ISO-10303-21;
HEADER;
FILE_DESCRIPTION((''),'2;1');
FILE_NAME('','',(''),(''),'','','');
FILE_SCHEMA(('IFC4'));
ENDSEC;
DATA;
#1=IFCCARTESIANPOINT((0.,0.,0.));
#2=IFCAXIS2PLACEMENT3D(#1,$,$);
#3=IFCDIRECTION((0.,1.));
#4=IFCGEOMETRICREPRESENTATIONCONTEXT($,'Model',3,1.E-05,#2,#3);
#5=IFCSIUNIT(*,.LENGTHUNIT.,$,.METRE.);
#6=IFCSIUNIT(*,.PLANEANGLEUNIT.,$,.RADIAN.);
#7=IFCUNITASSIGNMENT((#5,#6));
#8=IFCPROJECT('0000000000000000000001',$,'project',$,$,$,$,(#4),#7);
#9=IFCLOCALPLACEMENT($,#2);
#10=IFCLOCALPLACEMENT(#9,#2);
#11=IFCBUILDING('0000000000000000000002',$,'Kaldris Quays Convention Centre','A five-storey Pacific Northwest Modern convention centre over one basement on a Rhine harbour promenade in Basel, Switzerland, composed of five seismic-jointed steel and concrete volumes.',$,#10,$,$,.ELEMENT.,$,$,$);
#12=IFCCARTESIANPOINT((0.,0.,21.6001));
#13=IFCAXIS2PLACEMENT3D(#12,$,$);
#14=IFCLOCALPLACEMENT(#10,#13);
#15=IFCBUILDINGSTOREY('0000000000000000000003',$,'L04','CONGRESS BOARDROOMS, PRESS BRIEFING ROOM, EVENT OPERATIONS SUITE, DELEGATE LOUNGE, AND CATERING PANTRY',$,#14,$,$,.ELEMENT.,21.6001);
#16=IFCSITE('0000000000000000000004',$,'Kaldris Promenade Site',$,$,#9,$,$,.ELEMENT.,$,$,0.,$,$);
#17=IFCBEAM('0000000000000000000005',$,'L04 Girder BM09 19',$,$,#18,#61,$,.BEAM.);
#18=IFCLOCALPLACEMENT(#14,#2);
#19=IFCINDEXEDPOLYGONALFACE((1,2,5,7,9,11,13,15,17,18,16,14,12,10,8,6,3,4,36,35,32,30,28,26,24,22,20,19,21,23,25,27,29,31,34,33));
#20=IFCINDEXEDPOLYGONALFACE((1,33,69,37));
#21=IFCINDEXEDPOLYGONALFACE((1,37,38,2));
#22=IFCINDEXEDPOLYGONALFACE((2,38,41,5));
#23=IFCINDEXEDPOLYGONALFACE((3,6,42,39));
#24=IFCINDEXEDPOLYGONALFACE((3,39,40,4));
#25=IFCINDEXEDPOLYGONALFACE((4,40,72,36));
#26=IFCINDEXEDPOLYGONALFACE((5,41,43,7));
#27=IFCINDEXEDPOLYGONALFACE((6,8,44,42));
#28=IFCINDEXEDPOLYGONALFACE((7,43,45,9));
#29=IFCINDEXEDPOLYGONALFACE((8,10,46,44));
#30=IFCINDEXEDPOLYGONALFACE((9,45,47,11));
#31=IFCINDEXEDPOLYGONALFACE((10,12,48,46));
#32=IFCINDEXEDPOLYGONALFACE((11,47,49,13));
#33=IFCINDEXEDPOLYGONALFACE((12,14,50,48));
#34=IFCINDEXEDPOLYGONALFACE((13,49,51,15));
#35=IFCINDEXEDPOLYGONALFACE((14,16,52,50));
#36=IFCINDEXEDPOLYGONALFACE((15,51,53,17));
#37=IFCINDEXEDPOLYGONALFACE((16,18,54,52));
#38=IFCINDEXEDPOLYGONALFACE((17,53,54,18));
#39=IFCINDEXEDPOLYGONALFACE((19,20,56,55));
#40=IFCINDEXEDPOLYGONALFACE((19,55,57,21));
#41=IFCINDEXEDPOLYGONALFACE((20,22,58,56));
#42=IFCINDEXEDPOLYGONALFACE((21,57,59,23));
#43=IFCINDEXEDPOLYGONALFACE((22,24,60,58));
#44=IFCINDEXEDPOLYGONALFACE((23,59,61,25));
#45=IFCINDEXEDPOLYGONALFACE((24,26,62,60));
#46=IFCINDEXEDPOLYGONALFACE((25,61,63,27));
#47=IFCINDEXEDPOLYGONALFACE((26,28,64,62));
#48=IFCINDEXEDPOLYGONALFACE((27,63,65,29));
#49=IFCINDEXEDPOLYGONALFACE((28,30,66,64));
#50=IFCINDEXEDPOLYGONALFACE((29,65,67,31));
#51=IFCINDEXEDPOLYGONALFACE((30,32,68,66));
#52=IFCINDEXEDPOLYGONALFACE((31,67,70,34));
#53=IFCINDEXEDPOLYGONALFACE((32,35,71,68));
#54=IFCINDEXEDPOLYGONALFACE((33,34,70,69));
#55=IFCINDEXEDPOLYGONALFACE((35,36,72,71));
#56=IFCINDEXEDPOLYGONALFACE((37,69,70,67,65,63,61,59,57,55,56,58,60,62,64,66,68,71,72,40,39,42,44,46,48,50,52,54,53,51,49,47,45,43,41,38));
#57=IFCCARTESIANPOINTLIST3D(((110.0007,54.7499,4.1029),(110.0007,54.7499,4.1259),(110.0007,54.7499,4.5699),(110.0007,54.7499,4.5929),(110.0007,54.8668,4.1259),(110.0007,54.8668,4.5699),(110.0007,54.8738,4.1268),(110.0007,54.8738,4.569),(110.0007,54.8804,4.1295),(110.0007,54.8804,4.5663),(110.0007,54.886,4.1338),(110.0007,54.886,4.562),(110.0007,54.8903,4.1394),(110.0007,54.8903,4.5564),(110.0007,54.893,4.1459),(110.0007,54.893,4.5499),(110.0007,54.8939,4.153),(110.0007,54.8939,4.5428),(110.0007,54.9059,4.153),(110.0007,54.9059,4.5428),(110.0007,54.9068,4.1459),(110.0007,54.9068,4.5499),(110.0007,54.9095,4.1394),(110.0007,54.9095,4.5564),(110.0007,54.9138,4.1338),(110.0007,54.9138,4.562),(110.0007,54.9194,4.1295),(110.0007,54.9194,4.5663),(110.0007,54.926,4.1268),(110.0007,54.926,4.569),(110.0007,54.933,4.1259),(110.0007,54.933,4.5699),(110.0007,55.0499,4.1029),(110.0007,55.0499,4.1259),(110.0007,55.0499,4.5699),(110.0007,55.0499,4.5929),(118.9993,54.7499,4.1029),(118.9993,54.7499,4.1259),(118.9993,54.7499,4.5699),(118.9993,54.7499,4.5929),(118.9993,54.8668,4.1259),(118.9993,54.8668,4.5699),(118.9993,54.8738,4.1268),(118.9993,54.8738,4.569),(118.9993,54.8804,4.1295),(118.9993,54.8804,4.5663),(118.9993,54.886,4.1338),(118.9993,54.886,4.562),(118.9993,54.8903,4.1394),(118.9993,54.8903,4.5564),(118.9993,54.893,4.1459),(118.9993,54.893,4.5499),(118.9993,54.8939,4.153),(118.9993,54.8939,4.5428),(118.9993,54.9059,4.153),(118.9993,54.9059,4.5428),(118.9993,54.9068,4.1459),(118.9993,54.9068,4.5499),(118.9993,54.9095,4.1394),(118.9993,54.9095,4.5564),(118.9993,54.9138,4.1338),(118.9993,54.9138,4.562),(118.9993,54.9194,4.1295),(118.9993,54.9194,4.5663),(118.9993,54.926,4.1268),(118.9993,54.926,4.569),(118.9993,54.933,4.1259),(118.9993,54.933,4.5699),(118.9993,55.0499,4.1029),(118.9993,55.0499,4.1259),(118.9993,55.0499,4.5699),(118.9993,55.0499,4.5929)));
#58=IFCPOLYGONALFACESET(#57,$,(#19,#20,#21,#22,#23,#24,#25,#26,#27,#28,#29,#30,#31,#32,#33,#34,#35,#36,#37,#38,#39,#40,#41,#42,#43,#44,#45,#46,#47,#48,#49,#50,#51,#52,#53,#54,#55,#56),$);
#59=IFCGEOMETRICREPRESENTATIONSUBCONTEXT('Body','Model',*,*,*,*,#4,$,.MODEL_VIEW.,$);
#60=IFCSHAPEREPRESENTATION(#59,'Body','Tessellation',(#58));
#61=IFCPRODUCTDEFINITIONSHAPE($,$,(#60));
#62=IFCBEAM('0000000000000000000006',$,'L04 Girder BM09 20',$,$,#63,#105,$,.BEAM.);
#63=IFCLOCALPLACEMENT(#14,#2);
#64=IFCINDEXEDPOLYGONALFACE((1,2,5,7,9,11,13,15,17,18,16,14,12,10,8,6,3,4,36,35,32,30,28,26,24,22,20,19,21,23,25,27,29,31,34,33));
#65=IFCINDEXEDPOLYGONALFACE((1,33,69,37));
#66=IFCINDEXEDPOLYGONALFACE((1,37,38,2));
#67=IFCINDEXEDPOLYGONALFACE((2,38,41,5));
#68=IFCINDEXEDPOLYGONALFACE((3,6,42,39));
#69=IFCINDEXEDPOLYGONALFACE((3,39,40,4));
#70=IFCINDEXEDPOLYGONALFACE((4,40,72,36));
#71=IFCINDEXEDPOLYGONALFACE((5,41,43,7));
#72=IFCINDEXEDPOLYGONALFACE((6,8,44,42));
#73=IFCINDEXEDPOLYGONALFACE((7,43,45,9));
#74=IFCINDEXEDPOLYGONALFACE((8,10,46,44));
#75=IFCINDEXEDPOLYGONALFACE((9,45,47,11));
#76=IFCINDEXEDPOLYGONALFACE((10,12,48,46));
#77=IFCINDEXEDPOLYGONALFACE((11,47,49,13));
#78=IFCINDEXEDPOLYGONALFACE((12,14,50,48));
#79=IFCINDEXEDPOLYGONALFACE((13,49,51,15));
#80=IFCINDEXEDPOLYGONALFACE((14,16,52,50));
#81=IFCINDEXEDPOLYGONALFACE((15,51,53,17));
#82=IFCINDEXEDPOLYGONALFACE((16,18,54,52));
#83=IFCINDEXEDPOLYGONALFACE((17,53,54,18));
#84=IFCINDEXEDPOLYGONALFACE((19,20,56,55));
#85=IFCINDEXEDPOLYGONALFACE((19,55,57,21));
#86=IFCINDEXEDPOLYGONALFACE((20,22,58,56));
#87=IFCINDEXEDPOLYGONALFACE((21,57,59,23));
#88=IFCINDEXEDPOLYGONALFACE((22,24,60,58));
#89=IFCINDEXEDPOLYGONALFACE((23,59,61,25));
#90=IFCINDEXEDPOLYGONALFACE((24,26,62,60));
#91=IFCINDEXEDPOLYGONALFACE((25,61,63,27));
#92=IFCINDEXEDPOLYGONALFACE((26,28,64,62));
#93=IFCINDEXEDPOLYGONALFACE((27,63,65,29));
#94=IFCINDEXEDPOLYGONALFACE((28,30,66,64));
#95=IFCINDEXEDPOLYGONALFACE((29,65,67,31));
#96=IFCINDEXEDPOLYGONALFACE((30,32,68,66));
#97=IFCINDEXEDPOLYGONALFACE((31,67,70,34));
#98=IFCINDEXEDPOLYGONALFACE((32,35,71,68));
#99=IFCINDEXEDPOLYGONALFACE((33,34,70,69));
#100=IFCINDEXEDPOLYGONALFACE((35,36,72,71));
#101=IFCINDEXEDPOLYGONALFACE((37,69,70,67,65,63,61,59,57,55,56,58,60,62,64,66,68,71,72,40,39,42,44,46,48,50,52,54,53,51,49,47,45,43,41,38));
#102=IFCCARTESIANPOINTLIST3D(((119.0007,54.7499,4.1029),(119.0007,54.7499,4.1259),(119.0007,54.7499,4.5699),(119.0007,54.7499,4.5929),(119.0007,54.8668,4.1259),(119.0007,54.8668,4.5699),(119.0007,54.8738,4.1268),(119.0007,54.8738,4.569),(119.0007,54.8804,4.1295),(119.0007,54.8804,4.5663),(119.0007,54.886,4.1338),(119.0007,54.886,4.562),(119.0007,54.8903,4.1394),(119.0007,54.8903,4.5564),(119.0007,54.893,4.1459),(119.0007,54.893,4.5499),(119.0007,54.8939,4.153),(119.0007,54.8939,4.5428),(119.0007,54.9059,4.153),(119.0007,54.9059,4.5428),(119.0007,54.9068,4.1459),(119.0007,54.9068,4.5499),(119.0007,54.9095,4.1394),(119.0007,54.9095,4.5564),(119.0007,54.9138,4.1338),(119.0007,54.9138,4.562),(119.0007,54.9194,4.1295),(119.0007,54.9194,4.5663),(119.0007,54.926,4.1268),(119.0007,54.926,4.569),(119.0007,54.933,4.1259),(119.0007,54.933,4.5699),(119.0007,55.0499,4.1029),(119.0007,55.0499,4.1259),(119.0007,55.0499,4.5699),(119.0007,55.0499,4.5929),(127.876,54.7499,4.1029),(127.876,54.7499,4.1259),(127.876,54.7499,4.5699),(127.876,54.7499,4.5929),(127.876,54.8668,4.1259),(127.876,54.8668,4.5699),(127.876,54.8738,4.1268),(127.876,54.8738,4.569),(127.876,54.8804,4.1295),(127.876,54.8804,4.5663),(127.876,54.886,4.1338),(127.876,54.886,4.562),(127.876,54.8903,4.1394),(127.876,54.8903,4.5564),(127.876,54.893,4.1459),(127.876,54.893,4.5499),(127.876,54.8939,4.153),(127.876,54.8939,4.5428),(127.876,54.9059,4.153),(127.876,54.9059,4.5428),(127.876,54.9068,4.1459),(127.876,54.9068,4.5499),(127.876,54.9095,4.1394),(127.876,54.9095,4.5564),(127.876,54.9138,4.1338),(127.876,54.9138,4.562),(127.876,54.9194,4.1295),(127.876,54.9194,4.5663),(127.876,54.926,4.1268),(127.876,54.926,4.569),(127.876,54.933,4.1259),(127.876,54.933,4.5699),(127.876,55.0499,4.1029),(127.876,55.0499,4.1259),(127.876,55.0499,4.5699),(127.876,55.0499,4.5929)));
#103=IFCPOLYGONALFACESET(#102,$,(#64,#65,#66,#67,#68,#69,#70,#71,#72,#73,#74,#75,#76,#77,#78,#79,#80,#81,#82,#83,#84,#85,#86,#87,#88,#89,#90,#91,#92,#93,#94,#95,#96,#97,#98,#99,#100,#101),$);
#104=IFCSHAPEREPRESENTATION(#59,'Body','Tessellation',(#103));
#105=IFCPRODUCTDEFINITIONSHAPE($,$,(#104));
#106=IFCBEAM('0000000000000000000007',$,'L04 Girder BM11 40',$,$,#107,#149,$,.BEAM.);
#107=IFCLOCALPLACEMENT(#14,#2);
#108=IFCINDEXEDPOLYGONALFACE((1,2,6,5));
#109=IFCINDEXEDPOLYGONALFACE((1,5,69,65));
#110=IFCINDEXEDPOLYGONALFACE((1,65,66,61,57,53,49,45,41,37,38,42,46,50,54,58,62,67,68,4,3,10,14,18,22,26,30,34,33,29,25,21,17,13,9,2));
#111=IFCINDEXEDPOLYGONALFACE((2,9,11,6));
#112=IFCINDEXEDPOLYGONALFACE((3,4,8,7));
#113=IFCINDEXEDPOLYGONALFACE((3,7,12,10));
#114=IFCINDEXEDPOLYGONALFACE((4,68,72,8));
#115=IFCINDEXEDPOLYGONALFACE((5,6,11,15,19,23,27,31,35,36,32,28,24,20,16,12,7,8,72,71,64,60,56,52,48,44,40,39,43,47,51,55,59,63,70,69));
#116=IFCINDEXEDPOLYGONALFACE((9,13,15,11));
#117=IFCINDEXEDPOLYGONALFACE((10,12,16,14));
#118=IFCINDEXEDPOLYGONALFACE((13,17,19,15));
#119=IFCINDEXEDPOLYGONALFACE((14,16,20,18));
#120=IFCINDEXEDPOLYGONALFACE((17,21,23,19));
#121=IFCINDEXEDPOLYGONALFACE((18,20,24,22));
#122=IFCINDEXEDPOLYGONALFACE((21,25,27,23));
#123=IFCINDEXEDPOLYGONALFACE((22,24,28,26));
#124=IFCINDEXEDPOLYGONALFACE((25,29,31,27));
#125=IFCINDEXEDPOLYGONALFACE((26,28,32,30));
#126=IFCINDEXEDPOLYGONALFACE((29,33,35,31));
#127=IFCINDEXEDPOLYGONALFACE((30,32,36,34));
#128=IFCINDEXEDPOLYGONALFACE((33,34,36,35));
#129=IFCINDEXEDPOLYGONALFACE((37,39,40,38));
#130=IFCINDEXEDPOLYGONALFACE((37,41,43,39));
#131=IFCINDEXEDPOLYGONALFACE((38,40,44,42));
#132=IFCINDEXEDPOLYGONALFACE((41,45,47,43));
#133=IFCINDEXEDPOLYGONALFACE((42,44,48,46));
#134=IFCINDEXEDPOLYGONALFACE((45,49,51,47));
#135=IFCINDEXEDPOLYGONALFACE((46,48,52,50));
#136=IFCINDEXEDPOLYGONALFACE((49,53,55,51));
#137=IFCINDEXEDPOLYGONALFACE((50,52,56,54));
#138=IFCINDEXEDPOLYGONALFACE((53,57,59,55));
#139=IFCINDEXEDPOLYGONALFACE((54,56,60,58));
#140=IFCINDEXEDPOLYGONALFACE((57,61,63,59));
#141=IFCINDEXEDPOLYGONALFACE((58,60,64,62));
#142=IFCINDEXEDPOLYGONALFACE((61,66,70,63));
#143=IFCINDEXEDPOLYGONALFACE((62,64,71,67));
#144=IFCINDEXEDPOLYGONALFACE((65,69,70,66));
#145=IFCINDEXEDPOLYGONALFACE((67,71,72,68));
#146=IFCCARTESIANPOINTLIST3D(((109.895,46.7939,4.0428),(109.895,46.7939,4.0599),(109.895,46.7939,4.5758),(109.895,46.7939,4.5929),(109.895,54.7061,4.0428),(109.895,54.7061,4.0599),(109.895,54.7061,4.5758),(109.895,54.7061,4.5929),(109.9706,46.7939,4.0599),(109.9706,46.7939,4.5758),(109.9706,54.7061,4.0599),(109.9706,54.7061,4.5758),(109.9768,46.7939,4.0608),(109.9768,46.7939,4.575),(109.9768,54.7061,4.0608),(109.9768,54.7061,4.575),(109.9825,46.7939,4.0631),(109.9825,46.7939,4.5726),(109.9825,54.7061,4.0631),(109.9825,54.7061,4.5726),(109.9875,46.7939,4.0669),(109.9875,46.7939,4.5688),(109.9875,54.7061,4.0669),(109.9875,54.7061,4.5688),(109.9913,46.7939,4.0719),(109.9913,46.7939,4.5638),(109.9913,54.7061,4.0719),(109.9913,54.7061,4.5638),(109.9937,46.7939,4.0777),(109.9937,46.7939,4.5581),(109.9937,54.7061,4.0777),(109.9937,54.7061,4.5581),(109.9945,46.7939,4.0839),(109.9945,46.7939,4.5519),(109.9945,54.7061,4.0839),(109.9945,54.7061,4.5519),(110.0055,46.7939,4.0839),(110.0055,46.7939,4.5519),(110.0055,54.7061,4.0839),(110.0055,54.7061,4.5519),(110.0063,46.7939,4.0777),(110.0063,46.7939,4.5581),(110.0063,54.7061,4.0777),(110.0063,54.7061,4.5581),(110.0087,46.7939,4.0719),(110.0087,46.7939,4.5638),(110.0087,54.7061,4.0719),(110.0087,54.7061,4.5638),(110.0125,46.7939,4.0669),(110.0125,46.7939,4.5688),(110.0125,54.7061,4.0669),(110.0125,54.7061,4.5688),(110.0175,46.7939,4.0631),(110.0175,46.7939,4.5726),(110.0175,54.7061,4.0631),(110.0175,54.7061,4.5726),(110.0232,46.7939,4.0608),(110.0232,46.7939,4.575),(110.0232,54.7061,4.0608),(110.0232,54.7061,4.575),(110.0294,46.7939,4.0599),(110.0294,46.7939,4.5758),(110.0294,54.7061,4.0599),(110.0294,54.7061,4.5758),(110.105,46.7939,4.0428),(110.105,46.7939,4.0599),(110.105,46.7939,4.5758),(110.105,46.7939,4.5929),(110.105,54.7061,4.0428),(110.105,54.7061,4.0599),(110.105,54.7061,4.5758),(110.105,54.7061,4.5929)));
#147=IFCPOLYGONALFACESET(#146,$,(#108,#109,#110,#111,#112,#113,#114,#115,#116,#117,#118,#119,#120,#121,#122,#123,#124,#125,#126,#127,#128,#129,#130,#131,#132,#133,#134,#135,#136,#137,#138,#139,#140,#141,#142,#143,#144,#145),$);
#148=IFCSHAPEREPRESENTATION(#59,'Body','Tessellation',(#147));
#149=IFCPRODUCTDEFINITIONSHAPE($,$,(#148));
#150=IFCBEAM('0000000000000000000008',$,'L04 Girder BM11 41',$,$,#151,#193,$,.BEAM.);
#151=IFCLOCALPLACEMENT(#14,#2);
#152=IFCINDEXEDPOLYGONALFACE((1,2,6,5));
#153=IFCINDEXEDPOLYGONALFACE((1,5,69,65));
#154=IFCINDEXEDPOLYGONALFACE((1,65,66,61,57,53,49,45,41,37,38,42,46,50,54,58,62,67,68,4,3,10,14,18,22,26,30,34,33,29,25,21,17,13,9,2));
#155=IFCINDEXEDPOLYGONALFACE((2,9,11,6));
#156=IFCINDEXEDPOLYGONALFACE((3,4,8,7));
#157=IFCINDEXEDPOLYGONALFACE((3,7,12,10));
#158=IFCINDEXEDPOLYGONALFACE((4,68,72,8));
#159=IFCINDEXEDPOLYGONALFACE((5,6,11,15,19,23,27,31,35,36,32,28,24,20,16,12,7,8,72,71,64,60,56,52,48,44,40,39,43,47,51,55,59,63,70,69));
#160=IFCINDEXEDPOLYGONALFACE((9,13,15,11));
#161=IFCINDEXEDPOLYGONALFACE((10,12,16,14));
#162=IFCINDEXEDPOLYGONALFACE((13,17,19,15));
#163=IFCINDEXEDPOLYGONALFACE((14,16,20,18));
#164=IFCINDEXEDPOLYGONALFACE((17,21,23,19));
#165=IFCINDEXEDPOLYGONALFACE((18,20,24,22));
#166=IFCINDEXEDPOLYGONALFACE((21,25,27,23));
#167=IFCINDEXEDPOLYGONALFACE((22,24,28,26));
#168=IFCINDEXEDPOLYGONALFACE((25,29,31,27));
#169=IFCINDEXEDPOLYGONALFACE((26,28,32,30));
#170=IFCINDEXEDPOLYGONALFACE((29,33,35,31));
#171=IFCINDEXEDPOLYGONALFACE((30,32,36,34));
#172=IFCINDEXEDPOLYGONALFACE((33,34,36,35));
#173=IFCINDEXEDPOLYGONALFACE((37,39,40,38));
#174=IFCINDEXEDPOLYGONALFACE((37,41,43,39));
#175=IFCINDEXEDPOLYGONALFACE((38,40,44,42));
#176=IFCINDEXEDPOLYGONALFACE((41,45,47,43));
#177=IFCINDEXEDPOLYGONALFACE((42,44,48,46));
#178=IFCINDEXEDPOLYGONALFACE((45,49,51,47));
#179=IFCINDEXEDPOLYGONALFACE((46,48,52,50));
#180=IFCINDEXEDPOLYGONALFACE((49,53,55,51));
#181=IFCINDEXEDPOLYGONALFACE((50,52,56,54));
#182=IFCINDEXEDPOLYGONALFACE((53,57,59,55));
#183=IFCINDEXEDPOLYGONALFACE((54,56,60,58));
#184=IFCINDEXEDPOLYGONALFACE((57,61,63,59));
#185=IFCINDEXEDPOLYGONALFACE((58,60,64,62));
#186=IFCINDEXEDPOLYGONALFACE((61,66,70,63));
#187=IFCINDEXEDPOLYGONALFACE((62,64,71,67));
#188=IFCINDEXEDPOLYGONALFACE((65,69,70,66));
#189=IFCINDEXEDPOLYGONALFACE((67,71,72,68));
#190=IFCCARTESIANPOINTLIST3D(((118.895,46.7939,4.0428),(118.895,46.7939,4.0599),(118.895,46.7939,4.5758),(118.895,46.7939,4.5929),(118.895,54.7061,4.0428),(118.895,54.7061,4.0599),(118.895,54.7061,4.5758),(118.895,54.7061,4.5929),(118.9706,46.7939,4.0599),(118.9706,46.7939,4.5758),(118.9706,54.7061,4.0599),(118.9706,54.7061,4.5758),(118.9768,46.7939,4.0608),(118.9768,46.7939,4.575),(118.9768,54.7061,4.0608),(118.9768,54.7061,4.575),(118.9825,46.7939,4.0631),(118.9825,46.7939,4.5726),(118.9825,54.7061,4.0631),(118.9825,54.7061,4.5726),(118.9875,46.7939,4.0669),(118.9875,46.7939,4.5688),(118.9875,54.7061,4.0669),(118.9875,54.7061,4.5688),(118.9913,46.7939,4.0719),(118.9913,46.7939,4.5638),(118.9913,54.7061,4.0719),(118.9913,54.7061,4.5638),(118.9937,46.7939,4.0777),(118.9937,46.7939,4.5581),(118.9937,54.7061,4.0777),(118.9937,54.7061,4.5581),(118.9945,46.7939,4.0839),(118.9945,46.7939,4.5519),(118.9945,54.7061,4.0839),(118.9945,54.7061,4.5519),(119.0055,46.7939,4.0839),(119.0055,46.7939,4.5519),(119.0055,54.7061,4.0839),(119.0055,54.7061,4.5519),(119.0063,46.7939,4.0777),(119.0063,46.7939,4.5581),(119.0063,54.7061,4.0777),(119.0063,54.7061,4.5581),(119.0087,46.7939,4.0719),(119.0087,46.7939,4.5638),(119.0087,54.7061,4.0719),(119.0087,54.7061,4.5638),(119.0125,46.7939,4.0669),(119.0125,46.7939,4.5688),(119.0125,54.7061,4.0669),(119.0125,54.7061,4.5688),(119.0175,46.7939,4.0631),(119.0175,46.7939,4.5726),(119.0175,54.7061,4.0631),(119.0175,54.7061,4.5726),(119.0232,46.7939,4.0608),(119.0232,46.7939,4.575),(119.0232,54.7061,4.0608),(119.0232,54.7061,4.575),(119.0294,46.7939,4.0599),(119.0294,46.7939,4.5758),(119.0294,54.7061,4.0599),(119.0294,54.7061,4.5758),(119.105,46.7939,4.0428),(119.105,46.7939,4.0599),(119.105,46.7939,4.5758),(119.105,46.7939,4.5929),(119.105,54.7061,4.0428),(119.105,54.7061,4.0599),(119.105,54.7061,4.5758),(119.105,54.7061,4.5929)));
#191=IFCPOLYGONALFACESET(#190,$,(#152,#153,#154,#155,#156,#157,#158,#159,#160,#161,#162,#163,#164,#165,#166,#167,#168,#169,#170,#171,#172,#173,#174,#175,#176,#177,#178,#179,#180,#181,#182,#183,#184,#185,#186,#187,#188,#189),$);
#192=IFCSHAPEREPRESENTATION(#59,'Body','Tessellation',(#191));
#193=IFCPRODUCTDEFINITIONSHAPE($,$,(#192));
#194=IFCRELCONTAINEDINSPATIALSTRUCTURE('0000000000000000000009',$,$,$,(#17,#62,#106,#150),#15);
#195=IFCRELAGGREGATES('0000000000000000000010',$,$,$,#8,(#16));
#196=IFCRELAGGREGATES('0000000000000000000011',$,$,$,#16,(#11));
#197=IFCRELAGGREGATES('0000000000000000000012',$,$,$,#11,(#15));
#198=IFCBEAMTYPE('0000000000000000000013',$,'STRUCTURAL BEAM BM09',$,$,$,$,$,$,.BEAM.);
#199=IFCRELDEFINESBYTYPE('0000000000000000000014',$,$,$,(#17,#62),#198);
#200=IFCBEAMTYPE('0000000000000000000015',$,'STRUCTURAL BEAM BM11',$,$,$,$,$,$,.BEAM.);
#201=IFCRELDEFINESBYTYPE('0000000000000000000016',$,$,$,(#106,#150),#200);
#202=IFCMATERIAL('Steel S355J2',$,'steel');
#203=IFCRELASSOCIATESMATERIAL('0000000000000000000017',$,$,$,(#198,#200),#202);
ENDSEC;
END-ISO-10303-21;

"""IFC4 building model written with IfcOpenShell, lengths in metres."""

from ifc_helpers import new_model, si_unit, direction, frame, origin, origin_2d, place, context, subcontext, project, spatial, i_section, extrude, material, material_profile, profile_set, type_object, element, save


model = new_model("IFC4")

# Units and contexts
model_context = context("Model", 3, precision=1e-05, world=origin(), true_north=direction((0.0, 1.0)))
body_context = subcontext(model_context, "Body", "Model", "MODEL_VIEW")
ifc_project = project(units=[si_unit("LENGTHUNIT", "METRE"), si_unit("PLANEANGLEUNIT", "RADIAN")], contexts=[model_context])

# Site, building, storey
site_placement = place(None, origin())
site = spatial("IfcSite", under=ifc_project, at=site_placement, Name="Kaldris Promenade Site", CompositionType="ELEMENT", RefElevation=0.0)
building_placement = place(site_placement, origin())
building = spatial("IfcBuilding", under=site, at=building_placement, Name="Kaldris Quays Convention Centre", Description="A five-storey Pacific Northwest Modern convention centre over one basement on a Rhine harbour promenade in Basel, Switzerland, composed of five seismic-jointed steel and concrete volumes.", CompositionType="ELEMENT")
storey_placement = place(building_placement, frame((0.0, 0.0, 21.6001)))
storey = spatial("IfcBuildingStorey", under=building, at=storey_placement, Name="L04", Description="CONGRESS BOARDROOMS, PRESS BRIEFING ROOM, EVENT OPERATIONS SUITE, DELEGATE LOUNGE, AND CATERING PANTRY", CompositionType="ELEMENT", Elevation=21.6001)

# Shared definitions
ifc_material_1 = material(Name="Steel S355J2", Category="steel")

# Beams
ifc_material_profile_1 = material_profile(ifc_material_1, i_section(OverallWidth=0.3, OverallDepth=0.49, WebThickness=0.012, FlangeThickness=0.0229, FilletRadius=0.0271, at=origin_2d()), Name="HEA 500")
ifc_profile_set_1 = profile_set([ifc_material_profile_1], Name="Steel S355J2")
beam_type_1 = type_object("IfcBeamType", Name="STRUCTURAL BEAM BM09", PredefinedType="BEAM", material=ifc_profile_set_1)
beam_1_placement = place(storey_placement, frame((110.0007, 54.8999, 4.3479), z_axis=(1.0, 0.0, 0.0), x_axis=(0.0, 1.0, 0.0)))
element("IfcBeam", 1, at=beam_1_placement, inside=storey, type_object=beam_type_1, Name="L04 Girder BM09 19", PredefinedType="BEAM", context=body_context, shape_type="SweptSolid", body=[
    extrude(i_section(OverallWidth=0.3, OverallDepth=0.49, WebThickness=0.012, FlangeThickness=0.0229, FilletRadius=0.0271, at=origin_2d()), origin(), (0.0, 0.0, 1.0), 8.9985),
])
beam_2_placement = place(storey_placement, frame((119.0007, 54.8999, 4.3479), z_axis=(1.0, 0.0, 0.0), x_axis=(0.0, 1.0, 0.0)))
element("IfcBeam", 2, at=beam_2_placement, inside=storey, type_object=beam_type_1, Name="L04 Girder BM09 20", PredefinedType="BEAM", context=body_context, shape_type="SweptSolid", body=[
    extrude(i_section(OverallWidth=0.3, OverallDepth=0.49, WebThickness=0.012, FlangeThickness=0.0229, FilletRadius=0.0271, at=origin_2d()), origin(), (0.0, 0.0, 1.0), 8.8752),
])
ifc_material_profile_2 = material_profile(ifc_material_1, i_section(OverallWidth=0.21, OverallDepth=0.55, WebThickness=0.011, FlangeThickness=0.0171, FilletRadius=0.0239, at=origin_2d()), Name="IPE 550")
ifc_profile_set_2 = profile_set([ifc_material_profile_2], Name="Steel S355J2")
beam_type_2 = type_object("IfcBeamType", Name="STRUCTURAL BEAM BM11", PredefinedType="BEAM", material=ifc_profile_set_2)
for number, where, z_axis, x_axis, name in (
    (3, (110.0, 46.7939, 4.3179), (0.0, 1.0, 0.0), (-1.0, 0.0, 0.0), "L04 Girder BM11 40"),
    (4, (119.0, 46.7939, 4.3179), (0.0, 1.0, 0.0), (-1.0, 0.0, 0.0), "L04 Girder BM11 41"),
):
    element("IfcBeam", number, at=place(storey_placement, frame(where, z_axis=z_axis, x_axis=x_axis)), inside=storey, type_object=beam_type_2, Name=name, PredefinedType="BEAM", context=body_context, shape_type="SweptSolid", body=[
        extrude(i_section(OverallWidth=0.21, OverallDepth=0.55, WebThickness=0.011, FlangeThickness=0.0171, FilletRadius=0.0239, at=origin_2d()), origin(), (0.0, 0.0, 1.0), 7.9121),
    ])

save(model, "model.ifc")
